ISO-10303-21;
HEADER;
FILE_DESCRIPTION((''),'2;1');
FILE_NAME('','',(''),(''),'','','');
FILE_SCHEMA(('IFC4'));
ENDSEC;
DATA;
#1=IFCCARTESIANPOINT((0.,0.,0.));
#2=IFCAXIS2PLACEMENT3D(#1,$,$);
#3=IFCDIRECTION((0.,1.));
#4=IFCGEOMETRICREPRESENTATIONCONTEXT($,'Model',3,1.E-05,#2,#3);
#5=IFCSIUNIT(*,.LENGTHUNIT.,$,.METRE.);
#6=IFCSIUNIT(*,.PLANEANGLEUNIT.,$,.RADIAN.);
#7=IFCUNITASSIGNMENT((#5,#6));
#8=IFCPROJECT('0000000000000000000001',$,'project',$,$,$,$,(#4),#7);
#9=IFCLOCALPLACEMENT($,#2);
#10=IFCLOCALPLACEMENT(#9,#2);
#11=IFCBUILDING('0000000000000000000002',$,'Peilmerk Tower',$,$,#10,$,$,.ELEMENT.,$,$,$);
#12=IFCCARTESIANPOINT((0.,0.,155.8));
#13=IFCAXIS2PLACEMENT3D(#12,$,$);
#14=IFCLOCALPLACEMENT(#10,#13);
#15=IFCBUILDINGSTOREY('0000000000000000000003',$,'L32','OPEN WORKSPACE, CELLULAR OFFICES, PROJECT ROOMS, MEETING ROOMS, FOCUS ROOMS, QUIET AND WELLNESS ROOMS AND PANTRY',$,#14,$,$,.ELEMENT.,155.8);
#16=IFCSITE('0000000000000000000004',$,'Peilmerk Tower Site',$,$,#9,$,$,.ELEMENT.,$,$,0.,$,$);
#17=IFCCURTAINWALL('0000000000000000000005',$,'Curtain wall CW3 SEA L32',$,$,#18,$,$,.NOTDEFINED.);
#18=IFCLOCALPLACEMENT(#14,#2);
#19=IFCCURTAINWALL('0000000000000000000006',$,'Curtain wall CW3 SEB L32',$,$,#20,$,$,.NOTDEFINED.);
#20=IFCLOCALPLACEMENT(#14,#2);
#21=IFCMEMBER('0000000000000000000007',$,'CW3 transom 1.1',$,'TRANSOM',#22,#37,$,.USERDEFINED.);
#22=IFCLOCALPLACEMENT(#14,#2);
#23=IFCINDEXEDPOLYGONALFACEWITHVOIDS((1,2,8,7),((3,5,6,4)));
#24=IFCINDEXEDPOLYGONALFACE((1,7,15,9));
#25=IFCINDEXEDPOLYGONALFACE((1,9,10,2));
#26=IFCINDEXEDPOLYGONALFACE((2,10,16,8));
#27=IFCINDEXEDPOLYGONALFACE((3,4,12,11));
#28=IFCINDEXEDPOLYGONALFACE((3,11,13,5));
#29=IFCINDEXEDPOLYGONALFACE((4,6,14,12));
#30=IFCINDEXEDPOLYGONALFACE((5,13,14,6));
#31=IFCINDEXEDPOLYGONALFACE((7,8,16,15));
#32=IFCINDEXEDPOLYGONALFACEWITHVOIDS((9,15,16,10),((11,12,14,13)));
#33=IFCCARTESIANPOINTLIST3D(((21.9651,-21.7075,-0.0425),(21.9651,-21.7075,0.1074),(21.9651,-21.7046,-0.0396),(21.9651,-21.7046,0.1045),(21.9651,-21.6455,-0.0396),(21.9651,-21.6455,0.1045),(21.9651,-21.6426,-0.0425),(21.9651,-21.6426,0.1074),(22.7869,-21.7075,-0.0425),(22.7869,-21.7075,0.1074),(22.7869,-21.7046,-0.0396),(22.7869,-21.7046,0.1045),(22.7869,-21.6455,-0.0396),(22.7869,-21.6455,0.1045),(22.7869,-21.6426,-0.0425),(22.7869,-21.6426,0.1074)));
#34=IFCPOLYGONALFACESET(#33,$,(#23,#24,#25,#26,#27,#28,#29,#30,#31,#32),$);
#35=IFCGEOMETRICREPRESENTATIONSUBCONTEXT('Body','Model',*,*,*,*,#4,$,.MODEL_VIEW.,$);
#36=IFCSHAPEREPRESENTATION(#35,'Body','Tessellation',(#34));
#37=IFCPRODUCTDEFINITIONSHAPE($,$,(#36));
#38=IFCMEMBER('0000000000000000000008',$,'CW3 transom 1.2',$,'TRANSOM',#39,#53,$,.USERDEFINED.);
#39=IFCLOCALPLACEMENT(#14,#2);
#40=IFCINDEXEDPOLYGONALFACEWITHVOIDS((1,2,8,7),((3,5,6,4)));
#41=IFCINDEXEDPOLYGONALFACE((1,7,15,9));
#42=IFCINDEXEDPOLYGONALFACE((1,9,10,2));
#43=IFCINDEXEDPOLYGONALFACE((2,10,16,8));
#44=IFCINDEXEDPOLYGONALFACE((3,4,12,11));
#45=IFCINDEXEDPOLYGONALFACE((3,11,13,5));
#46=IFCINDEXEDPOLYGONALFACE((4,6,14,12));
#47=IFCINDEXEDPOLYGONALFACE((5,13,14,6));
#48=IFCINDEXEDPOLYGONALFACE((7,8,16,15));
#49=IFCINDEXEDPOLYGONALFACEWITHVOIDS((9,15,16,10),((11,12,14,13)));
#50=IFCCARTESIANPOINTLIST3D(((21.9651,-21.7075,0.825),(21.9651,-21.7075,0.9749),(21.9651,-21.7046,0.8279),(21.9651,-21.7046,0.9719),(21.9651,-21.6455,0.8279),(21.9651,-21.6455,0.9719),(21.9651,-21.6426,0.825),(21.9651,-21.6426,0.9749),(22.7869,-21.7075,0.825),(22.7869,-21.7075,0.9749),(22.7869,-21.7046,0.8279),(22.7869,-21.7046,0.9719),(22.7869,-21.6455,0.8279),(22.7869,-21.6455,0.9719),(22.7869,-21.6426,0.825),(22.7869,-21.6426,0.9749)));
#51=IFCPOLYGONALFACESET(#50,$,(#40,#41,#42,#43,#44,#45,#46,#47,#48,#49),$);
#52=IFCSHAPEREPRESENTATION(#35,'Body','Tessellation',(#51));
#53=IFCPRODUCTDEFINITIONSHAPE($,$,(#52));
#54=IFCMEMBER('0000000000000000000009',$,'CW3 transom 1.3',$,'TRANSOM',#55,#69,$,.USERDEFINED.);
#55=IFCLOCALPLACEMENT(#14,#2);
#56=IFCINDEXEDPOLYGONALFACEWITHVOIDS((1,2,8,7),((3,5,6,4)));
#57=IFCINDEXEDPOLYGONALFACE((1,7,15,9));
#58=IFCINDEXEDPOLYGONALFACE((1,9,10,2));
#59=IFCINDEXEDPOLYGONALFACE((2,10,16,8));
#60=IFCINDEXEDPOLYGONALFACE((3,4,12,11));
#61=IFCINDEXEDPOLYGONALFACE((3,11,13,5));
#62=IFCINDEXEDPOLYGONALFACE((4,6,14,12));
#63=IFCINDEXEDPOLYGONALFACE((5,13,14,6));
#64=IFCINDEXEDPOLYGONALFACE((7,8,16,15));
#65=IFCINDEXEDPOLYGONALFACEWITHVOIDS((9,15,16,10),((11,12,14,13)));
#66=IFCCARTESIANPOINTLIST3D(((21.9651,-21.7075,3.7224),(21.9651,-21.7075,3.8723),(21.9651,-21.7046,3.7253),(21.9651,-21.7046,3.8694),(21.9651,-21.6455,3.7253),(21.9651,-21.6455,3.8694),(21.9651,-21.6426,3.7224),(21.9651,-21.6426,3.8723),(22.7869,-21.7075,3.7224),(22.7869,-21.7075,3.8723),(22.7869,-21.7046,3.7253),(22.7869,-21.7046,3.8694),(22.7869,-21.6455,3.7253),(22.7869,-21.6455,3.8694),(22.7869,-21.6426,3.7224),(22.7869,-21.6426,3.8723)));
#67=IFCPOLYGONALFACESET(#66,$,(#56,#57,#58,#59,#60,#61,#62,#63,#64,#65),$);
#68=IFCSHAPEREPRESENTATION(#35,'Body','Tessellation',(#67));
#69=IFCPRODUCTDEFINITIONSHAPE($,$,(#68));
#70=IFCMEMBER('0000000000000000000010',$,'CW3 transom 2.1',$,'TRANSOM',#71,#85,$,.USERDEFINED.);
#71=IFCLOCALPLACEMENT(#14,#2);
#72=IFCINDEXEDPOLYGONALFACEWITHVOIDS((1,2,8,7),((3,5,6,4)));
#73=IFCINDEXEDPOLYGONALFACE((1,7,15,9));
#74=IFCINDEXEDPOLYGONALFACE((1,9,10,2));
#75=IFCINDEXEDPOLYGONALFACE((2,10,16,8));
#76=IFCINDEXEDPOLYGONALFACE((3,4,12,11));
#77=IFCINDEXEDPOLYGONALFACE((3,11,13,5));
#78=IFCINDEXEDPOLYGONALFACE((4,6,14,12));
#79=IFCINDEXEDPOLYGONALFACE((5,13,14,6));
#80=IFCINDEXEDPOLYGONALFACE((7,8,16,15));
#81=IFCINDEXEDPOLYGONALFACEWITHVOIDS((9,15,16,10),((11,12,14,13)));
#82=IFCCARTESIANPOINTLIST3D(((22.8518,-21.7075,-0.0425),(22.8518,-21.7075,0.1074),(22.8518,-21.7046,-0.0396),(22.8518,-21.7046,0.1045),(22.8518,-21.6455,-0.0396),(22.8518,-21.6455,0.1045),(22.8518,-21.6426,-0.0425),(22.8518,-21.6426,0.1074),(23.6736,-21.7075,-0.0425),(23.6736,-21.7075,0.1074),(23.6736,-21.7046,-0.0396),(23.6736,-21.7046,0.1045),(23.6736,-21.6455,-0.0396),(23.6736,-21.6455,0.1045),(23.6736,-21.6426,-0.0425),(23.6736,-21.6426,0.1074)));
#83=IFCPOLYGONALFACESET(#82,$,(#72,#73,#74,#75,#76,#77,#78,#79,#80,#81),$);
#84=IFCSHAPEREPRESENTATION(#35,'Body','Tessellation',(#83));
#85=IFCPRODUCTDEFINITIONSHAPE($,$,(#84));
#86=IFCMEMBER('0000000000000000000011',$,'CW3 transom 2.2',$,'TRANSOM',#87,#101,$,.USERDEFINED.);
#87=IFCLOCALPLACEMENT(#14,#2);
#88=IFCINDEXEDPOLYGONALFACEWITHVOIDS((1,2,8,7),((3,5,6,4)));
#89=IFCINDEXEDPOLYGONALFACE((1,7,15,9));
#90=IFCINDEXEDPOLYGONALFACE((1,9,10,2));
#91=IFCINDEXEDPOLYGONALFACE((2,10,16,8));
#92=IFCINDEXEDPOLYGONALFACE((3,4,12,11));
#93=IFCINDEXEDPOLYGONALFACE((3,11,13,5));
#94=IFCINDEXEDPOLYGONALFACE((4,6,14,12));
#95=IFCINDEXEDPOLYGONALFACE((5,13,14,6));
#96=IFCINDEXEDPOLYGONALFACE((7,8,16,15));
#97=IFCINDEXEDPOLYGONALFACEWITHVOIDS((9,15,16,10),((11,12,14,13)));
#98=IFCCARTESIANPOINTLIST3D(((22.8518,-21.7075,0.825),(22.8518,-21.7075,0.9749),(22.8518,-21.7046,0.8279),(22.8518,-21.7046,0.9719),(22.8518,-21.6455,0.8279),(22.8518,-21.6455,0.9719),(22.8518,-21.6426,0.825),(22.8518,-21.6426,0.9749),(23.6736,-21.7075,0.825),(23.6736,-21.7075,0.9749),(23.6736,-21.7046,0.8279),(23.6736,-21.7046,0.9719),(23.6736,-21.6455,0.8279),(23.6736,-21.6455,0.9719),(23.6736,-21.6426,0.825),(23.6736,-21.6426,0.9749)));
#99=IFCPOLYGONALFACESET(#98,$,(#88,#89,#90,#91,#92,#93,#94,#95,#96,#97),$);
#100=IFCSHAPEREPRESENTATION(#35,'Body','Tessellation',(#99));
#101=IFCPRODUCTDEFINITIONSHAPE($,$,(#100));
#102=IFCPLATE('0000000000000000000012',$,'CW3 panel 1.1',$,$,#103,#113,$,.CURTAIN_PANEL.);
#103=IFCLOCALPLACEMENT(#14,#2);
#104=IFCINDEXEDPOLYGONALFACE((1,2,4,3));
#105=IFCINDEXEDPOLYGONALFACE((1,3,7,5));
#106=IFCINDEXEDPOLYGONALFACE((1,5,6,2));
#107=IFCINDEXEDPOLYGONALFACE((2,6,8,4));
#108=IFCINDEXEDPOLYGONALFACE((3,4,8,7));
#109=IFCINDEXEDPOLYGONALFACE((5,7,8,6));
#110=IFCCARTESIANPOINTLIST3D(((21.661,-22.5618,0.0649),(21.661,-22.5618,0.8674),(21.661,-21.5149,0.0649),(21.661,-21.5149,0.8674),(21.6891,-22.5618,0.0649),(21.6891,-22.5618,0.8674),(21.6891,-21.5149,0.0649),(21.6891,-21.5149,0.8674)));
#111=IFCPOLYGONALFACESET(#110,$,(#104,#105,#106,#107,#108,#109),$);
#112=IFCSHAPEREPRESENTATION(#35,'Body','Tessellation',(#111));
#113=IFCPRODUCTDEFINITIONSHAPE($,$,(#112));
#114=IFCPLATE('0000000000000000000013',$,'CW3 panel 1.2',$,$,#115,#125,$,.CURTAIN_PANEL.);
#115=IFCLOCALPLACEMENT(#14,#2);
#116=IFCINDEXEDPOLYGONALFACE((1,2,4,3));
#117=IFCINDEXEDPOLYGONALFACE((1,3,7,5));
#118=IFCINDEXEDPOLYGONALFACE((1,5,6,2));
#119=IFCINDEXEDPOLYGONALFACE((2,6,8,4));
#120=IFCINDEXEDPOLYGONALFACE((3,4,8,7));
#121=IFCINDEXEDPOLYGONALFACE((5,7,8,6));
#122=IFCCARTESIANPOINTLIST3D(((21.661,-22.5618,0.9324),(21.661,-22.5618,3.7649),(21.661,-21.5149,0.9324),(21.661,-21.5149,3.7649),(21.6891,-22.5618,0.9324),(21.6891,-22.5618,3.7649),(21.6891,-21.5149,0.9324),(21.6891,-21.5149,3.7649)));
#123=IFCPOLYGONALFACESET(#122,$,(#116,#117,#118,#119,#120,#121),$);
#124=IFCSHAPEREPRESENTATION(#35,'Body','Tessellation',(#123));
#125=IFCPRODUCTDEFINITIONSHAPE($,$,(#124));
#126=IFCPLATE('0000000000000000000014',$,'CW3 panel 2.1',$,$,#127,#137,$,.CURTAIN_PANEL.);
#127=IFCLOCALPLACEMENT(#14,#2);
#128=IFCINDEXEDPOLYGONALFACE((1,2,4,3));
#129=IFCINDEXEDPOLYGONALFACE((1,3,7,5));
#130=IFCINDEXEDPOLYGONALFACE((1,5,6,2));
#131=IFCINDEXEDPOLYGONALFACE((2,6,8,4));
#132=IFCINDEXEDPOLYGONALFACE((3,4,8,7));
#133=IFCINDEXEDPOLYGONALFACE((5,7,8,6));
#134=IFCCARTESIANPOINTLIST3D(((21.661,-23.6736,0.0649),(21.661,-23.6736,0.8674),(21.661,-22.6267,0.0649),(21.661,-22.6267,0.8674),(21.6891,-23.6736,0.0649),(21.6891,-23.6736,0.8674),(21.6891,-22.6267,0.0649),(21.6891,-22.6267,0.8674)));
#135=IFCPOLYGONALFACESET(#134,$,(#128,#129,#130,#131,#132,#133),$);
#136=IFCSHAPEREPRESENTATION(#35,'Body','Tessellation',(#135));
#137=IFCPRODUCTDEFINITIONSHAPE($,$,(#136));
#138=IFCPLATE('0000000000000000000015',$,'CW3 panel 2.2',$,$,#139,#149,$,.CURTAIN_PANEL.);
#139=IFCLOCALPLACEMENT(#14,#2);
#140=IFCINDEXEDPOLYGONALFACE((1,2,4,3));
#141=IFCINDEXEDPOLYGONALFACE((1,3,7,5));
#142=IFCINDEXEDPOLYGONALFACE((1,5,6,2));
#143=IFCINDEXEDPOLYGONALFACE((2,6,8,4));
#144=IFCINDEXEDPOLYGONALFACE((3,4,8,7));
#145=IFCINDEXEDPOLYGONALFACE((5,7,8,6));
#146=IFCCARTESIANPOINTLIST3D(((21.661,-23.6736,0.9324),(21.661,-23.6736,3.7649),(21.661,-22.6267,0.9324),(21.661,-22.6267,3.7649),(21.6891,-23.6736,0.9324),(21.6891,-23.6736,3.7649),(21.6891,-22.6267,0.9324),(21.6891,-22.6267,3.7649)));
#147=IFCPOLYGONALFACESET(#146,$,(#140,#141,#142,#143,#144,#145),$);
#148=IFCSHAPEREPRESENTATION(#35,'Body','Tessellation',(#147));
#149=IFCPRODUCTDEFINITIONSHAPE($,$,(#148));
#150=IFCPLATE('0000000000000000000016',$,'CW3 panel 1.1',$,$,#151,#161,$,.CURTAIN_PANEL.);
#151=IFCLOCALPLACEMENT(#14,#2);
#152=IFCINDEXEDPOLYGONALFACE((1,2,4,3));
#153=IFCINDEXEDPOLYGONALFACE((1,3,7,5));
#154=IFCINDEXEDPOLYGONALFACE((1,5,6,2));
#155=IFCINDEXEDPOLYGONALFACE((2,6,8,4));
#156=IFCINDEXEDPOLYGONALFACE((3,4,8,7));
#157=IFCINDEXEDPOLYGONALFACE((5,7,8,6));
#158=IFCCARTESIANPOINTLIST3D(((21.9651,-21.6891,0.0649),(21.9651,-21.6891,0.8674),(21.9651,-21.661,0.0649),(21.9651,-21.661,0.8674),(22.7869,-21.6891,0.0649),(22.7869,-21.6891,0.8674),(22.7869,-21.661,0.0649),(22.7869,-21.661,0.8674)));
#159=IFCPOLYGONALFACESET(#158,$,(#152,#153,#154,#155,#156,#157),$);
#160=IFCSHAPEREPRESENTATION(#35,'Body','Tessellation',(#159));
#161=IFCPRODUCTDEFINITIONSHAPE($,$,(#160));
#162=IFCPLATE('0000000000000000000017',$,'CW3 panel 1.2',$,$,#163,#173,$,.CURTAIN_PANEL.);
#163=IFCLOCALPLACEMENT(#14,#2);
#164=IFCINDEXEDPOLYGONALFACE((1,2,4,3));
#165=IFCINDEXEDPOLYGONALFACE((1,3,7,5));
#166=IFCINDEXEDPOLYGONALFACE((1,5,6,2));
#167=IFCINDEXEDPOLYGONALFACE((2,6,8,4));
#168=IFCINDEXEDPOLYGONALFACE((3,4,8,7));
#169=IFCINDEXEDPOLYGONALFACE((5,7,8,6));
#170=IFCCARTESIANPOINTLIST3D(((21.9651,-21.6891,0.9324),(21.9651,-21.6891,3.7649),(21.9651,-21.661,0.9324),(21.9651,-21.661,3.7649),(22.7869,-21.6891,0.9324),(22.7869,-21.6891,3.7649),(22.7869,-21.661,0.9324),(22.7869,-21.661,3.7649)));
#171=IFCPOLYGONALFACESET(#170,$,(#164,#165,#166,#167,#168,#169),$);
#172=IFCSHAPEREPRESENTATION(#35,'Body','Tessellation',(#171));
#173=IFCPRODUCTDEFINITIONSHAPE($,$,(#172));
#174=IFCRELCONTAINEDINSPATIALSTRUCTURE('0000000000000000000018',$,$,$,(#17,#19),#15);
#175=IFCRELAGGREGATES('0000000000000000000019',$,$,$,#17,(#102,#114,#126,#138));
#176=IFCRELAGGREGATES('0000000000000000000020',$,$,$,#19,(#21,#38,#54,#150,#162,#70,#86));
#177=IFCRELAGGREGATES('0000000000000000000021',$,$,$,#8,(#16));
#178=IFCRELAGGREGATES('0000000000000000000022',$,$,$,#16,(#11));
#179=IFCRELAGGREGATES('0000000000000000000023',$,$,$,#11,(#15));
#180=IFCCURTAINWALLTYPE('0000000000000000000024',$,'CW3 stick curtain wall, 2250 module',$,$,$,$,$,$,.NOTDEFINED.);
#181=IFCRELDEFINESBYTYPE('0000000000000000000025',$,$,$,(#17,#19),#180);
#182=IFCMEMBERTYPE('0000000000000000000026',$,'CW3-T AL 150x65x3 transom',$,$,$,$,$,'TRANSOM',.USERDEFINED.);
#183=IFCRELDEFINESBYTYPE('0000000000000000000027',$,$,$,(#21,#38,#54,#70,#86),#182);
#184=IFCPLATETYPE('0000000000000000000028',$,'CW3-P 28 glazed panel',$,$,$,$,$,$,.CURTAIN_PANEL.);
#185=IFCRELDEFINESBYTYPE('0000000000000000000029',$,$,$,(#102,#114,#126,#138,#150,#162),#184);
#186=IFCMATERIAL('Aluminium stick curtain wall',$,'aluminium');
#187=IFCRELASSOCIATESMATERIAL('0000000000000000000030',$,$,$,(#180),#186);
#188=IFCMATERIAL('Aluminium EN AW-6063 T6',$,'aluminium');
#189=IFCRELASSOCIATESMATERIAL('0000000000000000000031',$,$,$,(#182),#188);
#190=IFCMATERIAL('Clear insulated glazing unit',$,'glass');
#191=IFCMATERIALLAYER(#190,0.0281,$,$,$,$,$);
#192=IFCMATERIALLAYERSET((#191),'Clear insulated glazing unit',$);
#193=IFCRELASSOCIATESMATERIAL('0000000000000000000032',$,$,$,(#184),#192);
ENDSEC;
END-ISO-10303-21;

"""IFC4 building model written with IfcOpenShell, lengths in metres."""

from ifc_helpers import new_model, si_unit, direction, frame, origin, origin_2d, place, context, subcontext, project, spatial, rectangle, hollow_rectangle, extrude, material, layer, layer_set, material_profile, profile_set, type_object, element, aggregate, save


model = new_model("IFC4")

# Units and contexts
model_context = context("Model", 3, precision=1e-05, world=origin(), true_north=direction((0.0, 1.0)))
body_context = subcontext(model_context, "Body", "Model", "MODEL_VIEW")
ifc_project = project(units=[si_unit("LENGTHUNIT", "METRE"), si_unit("PLANEANGLEUNIT", "RADIAN")], contexts=[model_context])

# Site, building, storey
site_placement = place(None, origin())
site = spatial("IfcSite", under=ifc_project, at=site_placement, Name="Peilmerk Tower Site", CompositionType="ELEMENT", RefElevation=0.0)
building_placement = place(site_placement, origin())
building = spatial("IfcBuilding", under=site, at=building_placement, Name="Peilmerk Tower", CompositionType="ELEMENT")
storey_placement = place(building_placement, frame((0.0, 0.0, 155.8)))
storey = spatial("IfcBuildingStorey", under=building, at=storey_placement, Name="L32", Description="OPEN WORKSPACE, CELLULAR OFFICES, PROJECT ROOMS, MEETING ROOMS, FOCUS ROOMS, QUIET AND WELLNESS ROOMS AND PANTRY", CompositionType="ELEMENT", Elevation=155.8)

# Curtain walls
ifc_material_1 = material(Name="Aluminium stick curtain wall", Category="aluminium")
curtain_wall_type = type_object("IfcCurtainWallType", Name="CW3 stick curtain wall, 2250 module", PredefinedType="NOTDEFINED", material=ifc_material_1)
curtain_wall_1_placement = place(storey_placement, origin())
curtain_wall_1 = element("IfcCurtainWall", 1, at=curtain_wall_1_placement, inside=storey, type_object=curtain_wall_type, Name="Curtain wall CW3 SEA L32", PredefinedType="NOTDEFINED")
ifc_material_2 = material(Name="Aluminium EN AW-6063 T6", Category="aluminium")
curtain_wall_2_placement = place(storey_placement, origin())
curtain_wall_2 = element("IfcCurtainWall", 2, at=curtain_wall_2_placement, inside=storey, type_object=curtain_wall_type, Name="Curtain wall CW3 SEB L32", PredefinedType="NOTDEFINED")

# Members
ifc_material_profile_1 = material_profile(ifc_material_2, hollow_rectangle(XDim=0.0649, YDim=0.1499, WallThickness=0.0029, at=origin_2d()), Name="AL 150x65x3")
ifc_profile_set_1 = profile_set([ifc_material_profile_1], Name="Aluminium EN AW-6063 T6")
member_type_1 = type_object("IfcMemberType", Name="CW3-T AL 150x65x3 transom", ElementType="TRANSOM", PredefinedType="USERDEFINED", material=ifc_profile_set_1)
member_1_placement = place(storey_placement, frame((21.9651, -21.675, 0.0325), z_axis=(1.0, 0.0, 0.0), x_axis=(0.0, 1.0, 0.0)))
member_1 = element("IfcMember", 3, at=member_1_placement, type_object=member_type_1, Name="CW3 transom 1.1", ObjectType="TRANSOM", PredefinedType="USERDEFINED", context=body_context, shape_type="SweptSolid", body=[
    extrude(hollow_rectangle(XDim=0.0649, YDim=0.1499, WallThickness=0.0029, at=origin_2d()), origin(), (0.0, 0.0, 1.0), 0.8218),
])
member_2_placement = place(storey_placement, frame((21.9651, -21.675, 0.8999), z_axis=(1.0, 0.0, 0.0), x_axis=(0.0, 1.0, 0.0)))
member_2 = element("IfcMember", 4, at=member_2_placement, type_object=member_type_1, Name="CW3 transom 1.2", ObjectType="TRANSOM", PredefinedType="USERDEFINED", context=body_context, shape_type="SweptSolid", body=[
    extrude(hollow_rectangle(XDim=0.0649, YDim=0.1499, WallThickness=0.0029, at=origin_2d()), origin(), (0.0, 0.0, 1.0), 0.8218),
])
member_3_placement = place(storey_placement, frame((21.9651, -21.675, 3.7974), z_axis=(1.0, 0.0, 0.0), x_axis=(0.0, 1.0, 0.0)))
member_3 = element("IfcMember", 5, at=member_3_placement, type_object=member_type_1, Name="CW3 transom 1.3", ObjectType="TRANSOM", PredefinedType="USERDEFINED", context=body_context, shape_type="SweptSolid", body=[
    extrude(hollow_rectangle(XDim=0.0649, YDim=0.1499, WallThickness=0.0029, at=origin_2d()), origin(), (0.0, 0.0, 1.0), 0.8218),
])
member_4_placement = place(storey_placement, frame((22.8518, -21.675, 0.0325), z_axis=(1.0, 0.0, 0.0), x_axis=(0.0, 1.0, 0.0)))
member_4 = element("IfcMember", 6, at=member_4_placement, type_object=member_type_1, Name="CW3 transom 2.1", ObjectType="TRANSOM", PredefinedType="USERDEFINED", context=body_context, shape_type="SweptSolid", body=[
    extrude(hollow_rectangle(XDim=0.0649, YDim=0.1499, WallThickness=0.0029, at=origin_2d()), origin(), (0.0, 0.0, 1.0), 0.8218),
])
member_5_placement = place(storey_placement, frame((22.8518, -21.675, 0.8999), z_axis=(1.0, 0.0, 0.0), x_axis=(0.0, 1.0, 0.0)))
member_5 = element("IfcMember", 7, at=member_5_placement, type_object=member_type_1, Name="CW3 transom 2.2", ObjectType="TRANSOM", PredefinedType="USERDEFINED", context=body_context, shape_type="SweptSolid", body=[
    extrude(hollow_rectangle(XDim=0.0649, YDim=0.1499, WallThickness=0.0029, at=origin_2d()), origin(), (0.0, 0.0, 1.0), 0.8218),
])

# Plates
ifc_material_3 = material(Name="Clear insulated glazing unit", Category="glass")
ifc_layer_1 = layer(ifc_material_3, 0.0281)
ifc_layer_set_1 = layer_set([ifc_layer_1], Name="Clear insulated glazing unit")
plate_type = type_object("IfcPlateType", Name="CW3-P 28 glazed panel", PredefinedType="CURTAIN_PANEL", material=ifc_layer_set_1)
plate_1_placement = place(storey_placement, frame((21.675, -22.0383, 0.0649), z_axis=(0.0, 0.0, 1.0), x_axis=(0.0, -1.0, 0.0)))
plate_1 = element("IfcPlate", 8, at=plate_1_placement, type_object=plate_type, Name="CW3 panel 1.1", PredefinedType="CURTAIN_PANEL", context=body_context, shape_type="SweptSolid", body=[
    extrude(rectangle(XDim=1.0469, YDim=0.0281, at=origin_2d()), origin(), (0.0, 0.0, 1.0), 0.8025),
])
plate_2_placement = place(storey_placement, frame((21.675, -22.0383, 0.9324), z_axis=(0.0, 0.0, 1.0), x_axis=(0.0, -1.0, 0.0)))
plate_2 = element("IfcPlate", 9, at=plate_2_placement, type_object=plate_type, Name="CW3 panel 1.2", PredefinedType="CURTAIN_PANEL", context=body_context, shape_type="SweptSolid", body=[
    extrude(rectangle(XDim=1.0469, YDim=0.0281, at=origin_2d()), origin(), (0.0, 0.0, 1.0), 2.8325),
])
plate_3_placement = place(storey_placement, frame((21.675, -23.1501, 0.0649), z_axis=(0.0, 0.0, 1.0), x_axis=(0.0, -1.0, 0.0)))
plate_3 = element("IfcPlate", 10, at=plate_3_placement, type_object=plate_type, Name="CW3 panel 2.1", PredefinedType="CURTAIN_PANEL", context=body_context, shape_type="SweptSolid", body=[
    extrude(rectangle(XDim=1.0469, YDim=0.0281, at=origin_2d()), origin(), (0.0, 0.0, 1.0), 0.8025),
])
plate_4_placement = place(storey_placement, frame((21.675, -23.1501, 0.9324), z_axis=(0.0, 0.0, 1.0), x_axis=(0.0, -1.0, 0.0)))
plate_4 = element("IfcPlate", 11, at=plate_4_placement, type_object=plate_type, Name="CW3 panel 2.2", PredefinedType="CURTAIN_PANEL", context=body_context, shape_type="SweptSolid", body=[
    extrude(rectangle(XDim=1.0469, YDim=0.0281, at=origin_2d()), origin(), (0.0, 0.0, 1.0), 2.8325),
])
aggregate(curtain_wall_1, [plate_1, plate_2, plate_3, plate_4])
plate_5_placement = place(storey_placement, frame((22.376, -21.675, 0.0649), z_axis=(0.0, 0.0, 1.0), x_axis=(1.0, 0.0, 0.0)))
plate_5 = element("IfcPlate", 12, at=plate_5_placement, type_object=plate_type, Name="CW3 panel 1.1", PredefinedType="CURTAIN_PANEL", context=body_context, shape_type="SweptSolid", body=[
    extrude(rectangle(XDim=0.8218, YDim=0.0281, at=origin_2d()), origin(), (0.0, 0.0, 1.0), 0.8025),
])
plate_6_placement = place(storey_placement, frame((22.376, -21.675, 0.9324), z_axis=(0.0, 0.0, 1.0), x_axis=(1.0, 0.0, 0.0)))
plate_6 = element("IfcPlate", 13, at=plate_6_placement, type_object=plate_type, Name="CW3 panel 1.2", PredefinedType="CURTAIN_PANEL", context=body_context, shape_type="SweptSolid", body=[
    extrude(rectangle(XDim=0.8218, YDim=0.0281, at=origin_2d()), origin(), (0.0, 0.0, 1.0), 2.8325),
])
aggregate(curtain_wall_2, [member_1, member_2, member_3, plate_5, plate_6, member_4, member_5])

save(model, "model.ifc")
